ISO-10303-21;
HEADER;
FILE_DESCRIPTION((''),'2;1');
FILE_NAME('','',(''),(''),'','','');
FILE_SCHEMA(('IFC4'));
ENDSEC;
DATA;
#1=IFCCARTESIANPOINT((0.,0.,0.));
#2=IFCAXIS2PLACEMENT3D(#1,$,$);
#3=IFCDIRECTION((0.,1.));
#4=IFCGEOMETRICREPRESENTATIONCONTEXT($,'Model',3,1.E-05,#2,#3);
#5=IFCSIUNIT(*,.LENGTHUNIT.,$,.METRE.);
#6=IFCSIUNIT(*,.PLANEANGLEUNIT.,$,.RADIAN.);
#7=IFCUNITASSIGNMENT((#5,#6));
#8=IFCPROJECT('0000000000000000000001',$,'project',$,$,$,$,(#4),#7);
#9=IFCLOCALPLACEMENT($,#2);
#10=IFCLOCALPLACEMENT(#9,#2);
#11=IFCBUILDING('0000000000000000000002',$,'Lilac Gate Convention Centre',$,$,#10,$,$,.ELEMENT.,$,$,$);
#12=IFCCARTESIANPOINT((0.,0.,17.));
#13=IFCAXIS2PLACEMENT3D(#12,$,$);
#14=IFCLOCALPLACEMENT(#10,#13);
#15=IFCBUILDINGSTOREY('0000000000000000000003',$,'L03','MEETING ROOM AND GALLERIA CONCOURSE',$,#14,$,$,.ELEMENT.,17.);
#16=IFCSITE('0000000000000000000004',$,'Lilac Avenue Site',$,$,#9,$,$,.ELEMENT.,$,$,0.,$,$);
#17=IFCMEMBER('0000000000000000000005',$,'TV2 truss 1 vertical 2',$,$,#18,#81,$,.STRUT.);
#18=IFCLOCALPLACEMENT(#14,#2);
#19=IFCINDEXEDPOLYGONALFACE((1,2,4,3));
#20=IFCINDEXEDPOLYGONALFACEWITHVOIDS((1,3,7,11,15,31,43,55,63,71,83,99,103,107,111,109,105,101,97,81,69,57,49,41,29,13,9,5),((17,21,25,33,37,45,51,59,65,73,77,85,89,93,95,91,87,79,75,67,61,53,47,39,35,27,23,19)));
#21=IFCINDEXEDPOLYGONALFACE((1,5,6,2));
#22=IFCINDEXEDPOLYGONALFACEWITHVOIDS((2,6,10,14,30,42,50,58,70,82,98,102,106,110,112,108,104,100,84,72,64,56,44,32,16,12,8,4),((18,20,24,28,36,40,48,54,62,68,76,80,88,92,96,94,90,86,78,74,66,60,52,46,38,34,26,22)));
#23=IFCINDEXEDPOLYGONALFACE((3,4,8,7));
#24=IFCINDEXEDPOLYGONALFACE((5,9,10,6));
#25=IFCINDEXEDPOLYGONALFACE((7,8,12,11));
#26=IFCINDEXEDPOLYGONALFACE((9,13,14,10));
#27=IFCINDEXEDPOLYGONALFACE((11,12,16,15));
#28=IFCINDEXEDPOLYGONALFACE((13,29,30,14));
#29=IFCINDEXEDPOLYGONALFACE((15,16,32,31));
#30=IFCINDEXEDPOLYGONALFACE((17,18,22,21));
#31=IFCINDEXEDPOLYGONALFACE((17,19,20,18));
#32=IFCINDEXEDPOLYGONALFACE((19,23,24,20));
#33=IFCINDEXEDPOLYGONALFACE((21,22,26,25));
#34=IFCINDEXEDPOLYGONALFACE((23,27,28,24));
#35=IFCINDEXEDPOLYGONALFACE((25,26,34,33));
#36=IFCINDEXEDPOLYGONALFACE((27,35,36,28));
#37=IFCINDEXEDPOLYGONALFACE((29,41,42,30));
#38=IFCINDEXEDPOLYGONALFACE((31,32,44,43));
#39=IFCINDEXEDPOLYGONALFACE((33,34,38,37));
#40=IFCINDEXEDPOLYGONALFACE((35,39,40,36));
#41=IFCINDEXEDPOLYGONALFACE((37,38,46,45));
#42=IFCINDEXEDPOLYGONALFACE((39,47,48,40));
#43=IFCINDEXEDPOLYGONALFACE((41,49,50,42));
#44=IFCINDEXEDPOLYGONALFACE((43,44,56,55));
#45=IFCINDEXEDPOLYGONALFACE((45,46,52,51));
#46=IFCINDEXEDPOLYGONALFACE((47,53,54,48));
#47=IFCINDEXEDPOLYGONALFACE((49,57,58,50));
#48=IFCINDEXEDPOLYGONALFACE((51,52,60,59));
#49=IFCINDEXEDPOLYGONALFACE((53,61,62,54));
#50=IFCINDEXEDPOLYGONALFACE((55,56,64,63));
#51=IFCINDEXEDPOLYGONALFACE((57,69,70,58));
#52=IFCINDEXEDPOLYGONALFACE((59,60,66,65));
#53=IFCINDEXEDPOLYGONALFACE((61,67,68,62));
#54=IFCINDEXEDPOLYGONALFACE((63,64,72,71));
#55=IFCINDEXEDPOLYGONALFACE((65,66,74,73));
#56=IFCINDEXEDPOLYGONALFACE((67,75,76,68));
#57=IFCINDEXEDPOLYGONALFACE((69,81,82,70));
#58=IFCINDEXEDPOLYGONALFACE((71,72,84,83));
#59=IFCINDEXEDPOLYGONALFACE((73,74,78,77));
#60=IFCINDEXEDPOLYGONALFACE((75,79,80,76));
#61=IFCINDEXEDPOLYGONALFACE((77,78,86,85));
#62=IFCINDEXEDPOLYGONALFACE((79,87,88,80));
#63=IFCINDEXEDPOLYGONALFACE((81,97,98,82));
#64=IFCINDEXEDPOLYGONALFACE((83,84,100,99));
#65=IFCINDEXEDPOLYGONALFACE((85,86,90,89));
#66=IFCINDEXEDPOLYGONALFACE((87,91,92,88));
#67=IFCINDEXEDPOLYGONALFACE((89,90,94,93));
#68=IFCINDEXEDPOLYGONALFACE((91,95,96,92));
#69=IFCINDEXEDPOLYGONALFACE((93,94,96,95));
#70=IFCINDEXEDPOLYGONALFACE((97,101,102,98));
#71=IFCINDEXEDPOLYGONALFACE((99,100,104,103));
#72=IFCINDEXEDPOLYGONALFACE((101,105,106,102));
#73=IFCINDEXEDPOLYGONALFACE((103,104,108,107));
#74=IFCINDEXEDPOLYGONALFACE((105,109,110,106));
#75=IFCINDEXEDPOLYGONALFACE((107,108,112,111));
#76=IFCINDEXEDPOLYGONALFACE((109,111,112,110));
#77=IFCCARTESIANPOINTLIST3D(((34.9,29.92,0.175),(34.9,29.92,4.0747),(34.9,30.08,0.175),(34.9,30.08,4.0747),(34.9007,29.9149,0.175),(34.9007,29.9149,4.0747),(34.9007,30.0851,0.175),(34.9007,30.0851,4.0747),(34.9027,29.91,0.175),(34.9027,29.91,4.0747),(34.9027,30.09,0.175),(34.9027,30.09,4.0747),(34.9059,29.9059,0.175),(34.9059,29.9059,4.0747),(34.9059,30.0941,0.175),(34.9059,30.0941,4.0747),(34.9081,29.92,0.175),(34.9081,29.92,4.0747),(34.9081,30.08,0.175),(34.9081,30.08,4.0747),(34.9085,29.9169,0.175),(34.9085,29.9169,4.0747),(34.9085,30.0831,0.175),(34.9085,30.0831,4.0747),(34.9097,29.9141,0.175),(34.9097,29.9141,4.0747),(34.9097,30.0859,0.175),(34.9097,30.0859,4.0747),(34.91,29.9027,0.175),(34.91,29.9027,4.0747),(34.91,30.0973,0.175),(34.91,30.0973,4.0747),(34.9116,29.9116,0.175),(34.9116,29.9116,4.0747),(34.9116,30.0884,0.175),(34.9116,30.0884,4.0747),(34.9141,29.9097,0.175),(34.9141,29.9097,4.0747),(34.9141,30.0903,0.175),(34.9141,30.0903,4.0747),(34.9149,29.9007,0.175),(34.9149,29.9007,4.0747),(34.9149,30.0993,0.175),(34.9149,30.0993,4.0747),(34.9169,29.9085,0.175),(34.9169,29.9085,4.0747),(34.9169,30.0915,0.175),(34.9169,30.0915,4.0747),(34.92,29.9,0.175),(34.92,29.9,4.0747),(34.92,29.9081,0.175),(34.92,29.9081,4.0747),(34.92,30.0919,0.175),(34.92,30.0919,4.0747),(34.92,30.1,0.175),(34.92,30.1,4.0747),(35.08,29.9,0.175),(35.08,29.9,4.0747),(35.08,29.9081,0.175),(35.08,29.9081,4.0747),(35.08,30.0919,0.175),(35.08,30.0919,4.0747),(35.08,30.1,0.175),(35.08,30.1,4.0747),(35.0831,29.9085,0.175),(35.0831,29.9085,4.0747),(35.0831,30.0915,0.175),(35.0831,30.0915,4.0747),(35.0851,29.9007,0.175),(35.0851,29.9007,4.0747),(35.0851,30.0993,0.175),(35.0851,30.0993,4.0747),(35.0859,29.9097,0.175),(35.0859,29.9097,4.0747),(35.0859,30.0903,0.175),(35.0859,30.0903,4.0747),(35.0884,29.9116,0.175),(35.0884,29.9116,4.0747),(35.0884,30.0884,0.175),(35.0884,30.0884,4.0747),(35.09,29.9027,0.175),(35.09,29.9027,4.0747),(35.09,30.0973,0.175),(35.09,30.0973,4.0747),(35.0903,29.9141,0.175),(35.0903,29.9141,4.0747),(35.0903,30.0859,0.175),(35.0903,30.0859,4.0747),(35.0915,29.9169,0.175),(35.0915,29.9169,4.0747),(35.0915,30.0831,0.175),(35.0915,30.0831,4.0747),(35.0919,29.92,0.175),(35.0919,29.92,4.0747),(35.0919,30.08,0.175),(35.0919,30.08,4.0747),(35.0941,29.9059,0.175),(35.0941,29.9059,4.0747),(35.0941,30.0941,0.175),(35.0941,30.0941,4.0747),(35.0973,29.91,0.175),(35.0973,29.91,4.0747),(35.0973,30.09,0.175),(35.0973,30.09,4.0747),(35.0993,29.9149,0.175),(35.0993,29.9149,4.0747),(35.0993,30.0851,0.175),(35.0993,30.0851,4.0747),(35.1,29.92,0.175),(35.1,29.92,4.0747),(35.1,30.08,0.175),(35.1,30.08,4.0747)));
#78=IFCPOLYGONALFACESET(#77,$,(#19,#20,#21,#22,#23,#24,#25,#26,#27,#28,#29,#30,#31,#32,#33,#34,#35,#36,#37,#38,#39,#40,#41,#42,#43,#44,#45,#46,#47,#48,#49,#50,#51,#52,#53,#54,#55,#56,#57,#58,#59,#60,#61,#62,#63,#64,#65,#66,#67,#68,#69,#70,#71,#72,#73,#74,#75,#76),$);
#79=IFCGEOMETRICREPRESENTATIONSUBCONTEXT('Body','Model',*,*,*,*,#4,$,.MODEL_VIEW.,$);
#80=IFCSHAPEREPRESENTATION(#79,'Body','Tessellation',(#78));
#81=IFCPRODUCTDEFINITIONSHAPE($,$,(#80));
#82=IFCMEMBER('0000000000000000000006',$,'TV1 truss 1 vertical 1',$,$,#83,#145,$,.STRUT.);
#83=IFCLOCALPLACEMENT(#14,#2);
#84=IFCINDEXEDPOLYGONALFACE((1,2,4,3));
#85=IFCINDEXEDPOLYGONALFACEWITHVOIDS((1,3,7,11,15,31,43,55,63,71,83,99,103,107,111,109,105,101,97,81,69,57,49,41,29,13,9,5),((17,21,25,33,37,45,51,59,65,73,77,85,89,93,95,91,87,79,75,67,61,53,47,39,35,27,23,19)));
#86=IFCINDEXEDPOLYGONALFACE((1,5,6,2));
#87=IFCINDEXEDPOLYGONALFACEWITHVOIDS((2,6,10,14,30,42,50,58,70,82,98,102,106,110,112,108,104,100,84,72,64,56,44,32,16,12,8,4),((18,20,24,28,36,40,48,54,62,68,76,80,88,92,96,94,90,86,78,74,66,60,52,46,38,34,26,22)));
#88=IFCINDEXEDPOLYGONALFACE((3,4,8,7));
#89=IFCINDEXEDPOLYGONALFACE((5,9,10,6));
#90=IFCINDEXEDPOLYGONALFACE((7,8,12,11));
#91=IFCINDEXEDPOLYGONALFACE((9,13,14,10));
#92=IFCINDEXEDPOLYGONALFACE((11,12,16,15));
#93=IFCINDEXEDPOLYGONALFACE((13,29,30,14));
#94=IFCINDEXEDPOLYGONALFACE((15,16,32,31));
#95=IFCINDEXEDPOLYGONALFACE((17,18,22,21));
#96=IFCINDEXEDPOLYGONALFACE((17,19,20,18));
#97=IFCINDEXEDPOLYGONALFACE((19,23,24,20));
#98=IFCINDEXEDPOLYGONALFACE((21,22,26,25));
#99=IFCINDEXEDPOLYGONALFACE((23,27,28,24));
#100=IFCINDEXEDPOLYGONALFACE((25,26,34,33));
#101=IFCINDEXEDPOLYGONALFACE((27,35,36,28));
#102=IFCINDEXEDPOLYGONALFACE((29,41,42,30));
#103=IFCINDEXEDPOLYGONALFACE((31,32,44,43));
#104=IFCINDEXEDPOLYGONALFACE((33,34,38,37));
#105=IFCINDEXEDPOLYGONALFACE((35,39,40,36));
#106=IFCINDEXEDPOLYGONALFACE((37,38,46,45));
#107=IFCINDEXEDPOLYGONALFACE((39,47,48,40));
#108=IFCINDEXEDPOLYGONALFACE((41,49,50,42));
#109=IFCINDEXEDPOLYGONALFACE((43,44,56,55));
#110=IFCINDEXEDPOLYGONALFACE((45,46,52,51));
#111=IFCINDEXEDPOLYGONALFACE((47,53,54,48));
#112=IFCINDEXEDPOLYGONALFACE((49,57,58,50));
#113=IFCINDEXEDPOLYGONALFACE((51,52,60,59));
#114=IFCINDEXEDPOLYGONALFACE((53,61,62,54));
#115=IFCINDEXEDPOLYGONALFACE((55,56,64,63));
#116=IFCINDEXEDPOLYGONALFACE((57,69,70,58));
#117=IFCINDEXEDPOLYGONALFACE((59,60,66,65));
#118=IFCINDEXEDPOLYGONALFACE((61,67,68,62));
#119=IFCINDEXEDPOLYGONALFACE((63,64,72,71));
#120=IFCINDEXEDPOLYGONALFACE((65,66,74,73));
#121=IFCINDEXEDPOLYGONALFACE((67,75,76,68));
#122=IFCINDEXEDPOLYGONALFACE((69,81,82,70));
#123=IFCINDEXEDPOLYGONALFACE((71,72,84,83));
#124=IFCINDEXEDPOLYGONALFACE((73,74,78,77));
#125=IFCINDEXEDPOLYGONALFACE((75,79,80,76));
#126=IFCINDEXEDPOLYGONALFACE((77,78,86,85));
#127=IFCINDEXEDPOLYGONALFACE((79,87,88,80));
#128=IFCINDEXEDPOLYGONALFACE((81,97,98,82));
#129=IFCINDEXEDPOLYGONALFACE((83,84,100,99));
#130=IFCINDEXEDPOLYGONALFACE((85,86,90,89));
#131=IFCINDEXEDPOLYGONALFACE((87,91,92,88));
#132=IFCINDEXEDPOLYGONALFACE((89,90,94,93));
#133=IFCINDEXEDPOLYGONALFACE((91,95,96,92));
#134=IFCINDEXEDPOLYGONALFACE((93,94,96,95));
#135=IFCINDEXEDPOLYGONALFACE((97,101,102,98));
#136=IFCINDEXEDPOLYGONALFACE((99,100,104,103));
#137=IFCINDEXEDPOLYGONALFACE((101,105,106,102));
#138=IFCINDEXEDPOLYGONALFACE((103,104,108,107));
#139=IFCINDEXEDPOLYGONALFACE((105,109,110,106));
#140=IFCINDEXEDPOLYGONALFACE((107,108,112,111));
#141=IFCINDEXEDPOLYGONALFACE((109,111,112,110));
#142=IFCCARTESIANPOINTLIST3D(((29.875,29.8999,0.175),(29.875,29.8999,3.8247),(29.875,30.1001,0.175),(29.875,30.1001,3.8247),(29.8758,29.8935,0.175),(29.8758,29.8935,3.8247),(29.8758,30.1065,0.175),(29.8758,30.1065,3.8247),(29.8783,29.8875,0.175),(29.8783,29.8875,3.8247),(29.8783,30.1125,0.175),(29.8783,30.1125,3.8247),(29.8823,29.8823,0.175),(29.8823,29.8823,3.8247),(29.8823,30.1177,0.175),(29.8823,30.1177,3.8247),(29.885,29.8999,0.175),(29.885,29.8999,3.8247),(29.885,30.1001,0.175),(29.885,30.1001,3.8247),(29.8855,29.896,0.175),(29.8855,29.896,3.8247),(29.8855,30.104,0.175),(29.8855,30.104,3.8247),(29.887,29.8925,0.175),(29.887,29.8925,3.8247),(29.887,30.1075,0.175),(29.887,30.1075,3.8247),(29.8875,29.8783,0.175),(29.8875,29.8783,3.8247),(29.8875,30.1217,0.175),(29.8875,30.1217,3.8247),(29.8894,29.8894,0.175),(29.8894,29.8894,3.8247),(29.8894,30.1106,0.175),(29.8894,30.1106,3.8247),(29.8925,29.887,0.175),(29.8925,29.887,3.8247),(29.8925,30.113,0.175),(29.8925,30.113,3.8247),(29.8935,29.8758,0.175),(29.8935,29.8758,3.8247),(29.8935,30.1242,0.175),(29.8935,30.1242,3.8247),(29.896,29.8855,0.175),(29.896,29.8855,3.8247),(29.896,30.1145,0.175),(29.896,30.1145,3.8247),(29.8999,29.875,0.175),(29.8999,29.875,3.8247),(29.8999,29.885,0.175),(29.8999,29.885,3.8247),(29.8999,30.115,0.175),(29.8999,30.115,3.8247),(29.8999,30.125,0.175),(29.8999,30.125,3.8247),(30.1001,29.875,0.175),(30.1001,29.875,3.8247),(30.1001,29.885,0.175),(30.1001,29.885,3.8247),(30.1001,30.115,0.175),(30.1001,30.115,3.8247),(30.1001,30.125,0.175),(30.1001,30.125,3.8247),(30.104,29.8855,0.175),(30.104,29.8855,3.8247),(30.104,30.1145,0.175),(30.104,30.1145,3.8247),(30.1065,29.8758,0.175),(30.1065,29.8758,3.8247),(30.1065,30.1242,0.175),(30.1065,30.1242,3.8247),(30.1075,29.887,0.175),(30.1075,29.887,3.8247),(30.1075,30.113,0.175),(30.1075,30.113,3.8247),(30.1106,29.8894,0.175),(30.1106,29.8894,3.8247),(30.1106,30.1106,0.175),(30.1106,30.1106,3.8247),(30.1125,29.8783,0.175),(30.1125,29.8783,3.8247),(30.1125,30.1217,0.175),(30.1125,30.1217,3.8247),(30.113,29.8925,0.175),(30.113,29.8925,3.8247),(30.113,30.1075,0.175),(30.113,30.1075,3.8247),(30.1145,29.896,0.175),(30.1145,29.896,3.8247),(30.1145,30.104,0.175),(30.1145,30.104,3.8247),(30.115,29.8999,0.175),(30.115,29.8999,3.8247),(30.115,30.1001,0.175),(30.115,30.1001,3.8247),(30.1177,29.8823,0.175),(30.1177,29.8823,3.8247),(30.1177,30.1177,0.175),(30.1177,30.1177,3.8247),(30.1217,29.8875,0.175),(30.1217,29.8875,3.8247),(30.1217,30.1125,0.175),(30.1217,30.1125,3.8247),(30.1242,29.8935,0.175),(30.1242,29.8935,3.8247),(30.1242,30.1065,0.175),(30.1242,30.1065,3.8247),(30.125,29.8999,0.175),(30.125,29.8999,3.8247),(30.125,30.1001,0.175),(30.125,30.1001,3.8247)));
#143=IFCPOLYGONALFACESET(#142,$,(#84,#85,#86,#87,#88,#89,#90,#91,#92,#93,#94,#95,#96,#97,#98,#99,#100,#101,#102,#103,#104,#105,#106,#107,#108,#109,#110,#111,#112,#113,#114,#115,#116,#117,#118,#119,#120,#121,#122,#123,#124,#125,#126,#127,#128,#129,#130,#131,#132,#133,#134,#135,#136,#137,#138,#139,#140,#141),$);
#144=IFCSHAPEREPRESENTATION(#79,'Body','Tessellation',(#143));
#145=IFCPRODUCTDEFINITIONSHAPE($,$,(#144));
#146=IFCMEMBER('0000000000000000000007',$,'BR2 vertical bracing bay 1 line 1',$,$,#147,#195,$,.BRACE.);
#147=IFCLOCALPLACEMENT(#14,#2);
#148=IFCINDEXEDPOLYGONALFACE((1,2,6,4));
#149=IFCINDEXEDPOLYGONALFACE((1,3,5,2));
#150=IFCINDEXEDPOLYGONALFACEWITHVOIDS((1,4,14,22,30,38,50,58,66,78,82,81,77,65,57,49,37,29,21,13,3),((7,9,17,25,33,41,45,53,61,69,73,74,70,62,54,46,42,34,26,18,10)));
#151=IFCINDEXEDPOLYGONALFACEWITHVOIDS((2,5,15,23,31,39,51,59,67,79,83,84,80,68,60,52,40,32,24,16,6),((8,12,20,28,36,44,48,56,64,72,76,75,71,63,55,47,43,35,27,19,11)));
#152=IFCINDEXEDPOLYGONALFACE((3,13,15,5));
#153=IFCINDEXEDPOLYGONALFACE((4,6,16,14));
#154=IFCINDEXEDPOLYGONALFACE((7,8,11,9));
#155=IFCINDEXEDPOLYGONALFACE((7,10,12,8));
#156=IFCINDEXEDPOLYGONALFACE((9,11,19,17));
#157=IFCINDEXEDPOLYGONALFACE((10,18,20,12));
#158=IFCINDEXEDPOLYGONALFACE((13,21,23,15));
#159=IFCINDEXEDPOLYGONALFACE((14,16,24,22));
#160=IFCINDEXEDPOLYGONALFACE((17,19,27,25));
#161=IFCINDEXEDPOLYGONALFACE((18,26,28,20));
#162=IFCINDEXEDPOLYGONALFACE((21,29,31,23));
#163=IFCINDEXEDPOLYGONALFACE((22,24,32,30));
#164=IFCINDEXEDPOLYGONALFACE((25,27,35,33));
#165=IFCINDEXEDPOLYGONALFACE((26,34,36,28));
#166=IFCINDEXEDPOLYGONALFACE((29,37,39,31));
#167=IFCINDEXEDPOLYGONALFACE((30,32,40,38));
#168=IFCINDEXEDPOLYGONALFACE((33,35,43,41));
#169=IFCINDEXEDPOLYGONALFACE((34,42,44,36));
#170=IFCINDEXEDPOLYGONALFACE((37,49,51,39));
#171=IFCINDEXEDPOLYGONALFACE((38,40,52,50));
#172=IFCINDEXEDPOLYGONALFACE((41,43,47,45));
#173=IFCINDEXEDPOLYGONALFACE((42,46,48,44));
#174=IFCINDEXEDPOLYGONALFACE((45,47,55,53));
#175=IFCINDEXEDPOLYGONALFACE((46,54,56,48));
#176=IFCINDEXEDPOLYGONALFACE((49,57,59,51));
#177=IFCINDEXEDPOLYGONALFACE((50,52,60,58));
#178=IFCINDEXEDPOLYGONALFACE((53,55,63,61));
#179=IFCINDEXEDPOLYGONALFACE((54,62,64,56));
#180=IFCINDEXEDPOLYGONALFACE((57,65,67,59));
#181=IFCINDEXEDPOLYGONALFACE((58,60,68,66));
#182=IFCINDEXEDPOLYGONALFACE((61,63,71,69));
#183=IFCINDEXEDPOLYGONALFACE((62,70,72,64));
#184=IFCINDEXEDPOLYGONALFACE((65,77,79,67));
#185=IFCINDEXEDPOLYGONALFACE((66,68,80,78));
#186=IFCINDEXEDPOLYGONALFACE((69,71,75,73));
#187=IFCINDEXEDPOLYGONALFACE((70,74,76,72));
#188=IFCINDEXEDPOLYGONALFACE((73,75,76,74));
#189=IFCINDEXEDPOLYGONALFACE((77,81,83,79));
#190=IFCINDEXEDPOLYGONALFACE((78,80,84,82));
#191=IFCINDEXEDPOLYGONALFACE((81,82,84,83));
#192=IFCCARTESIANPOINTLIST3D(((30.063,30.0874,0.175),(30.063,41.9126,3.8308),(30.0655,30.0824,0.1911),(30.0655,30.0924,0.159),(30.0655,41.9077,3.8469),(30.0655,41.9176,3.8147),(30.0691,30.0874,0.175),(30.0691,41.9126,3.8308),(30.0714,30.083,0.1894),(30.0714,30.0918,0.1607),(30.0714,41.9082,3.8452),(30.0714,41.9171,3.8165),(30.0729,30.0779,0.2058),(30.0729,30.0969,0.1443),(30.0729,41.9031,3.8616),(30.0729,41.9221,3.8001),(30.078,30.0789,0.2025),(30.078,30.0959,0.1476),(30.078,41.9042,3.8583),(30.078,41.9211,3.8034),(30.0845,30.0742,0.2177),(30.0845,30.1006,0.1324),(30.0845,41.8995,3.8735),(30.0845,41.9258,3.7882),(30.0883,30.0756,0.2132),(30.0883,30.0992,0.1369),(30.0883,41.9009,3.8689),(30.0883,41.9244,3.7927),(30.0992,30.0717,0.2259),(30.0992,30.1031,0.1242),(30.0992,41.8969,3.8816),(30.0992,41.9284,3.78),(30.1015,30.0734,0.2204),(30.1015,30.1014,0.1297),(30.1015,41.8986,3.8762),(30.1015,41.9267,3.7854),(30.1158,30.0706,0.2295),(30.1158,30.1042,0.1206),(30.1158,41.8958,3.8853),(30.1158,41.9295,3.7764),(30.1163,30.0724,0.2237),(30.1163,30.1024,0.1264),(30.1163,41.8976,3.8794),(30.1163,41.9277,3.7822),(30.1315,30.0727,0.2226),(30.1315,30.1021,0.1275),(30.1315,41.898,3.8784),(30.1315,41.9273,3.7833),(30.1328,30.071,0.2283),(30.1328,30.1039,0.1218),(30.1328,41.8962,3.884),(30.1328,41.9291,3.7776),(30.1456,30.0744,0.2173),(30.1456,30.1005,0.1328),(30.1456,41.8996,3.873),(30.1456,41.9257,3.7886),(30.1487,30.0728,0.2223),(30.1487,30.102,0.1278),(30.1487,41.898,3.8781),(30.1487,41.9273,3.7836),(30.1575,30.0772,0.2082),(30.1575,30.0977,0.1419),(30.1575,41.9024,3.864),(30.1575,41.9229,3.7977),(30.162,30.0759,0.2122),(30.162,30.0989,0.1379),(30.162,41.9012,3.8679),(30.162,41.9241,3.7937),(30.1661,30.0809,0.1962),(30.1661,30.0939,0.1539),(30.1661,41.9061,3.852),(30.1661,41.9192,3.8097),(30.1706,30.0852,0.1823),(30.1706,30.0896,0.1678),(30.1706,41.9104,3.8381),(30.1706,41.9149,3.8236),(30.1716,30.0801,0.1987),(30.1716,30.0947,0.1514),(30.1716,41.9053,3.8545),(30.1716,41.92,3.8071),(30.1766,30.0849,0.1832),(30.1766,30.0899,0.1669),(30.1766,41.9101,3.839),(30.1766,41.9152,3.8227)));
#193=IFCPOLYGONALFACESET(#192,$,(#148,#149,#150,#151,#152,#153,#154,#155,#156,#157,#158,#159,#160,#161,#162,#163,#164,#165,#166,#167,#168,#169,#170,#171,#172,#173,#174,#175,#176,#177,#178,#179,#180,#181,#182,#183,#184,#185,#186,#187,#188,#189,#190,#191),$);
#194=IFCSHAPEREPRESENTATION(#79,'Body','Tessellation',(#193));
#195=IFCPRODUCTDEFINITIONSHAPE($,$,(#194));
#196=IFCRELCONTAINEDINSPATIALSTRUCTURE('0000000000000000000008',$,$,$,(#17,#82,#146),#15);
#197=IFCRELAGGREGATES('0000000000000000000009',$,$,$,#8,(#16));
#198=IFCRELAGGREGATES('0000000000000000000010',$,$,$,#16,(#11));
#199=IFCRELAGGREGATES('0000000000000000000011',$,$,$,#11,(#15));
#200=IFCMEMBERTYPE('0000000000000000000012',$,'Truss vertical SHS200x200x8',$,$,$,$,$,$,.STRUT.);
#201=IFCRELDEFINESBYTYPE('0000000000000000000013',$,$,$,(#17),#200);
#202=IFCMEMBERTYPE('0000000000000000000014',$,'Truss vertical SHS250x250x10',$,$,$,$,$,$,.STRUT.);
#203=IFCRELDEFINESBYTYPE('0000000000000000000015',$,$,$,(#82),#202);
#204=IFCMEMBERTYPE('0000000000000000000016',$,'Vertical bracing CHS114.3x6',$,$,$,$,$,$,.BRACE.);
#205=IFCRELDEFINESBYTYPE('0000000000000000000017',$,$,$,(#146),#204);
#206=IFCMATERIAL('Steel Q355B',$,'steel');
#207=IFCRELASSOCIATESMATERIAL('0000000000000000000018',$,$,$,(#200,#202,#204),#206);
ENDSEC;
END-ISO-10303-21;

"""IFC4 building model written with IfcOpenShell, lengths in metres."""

from ifc_helpers import new_model, si_unit, direction, frame, origin, origin_2d, place, context, subcontext, project, spatial, hollow_rectangle, hollow_circle, extrude, material, material_profile, profile_set, type_object, element, save


model = new_model("IFC4")

# Units and contexts
model_context = context("Model", 3, precision=1e-05, world=origin(), true_north=direction((0.0, 1.0)))
body_context = subcontext(model_context, "Body", "Model", "MODEL_VIEW")
ifc_project = project(units=[si_unit("LENGTHUNIT", "METRE"), si_unit("PLANEANGLEUNIT", "RADIAN")], contexts=[model_context])

# Site, building, storey
site_placement = place(None, origin())
site = spatial("IfcSite", under=ifc_project, at=site_placement, Name="Lilac Avenue Site", CompositionType="ELEMENT", RefElevation=0.0)
building_placement = place(site_placement, origin())
building = spatial("IfcBuilding", under=site, at=building_placement, Name="Lilac Gate Convention Centre", CompositionType="ELEMENT")
storey_placement = place(building_placement, frame((0.0, 0.0, 17.0)))
storey = spatial("IfcBuildingStorey", under=building, at=storey_placement, Name="L03", Description="MEETING ROOM AND GALLERIA CONCOURSE", CompositionType="ELEMENT", Elevation=17.0)

# Shared definitions
ifc_material_1 = material(Name="Steel Q355B", Category="steel")

# Members
ifc_material_profile_1 = material_profile(ifc_material_1, hollow_rectangle(XDim=0.2, YDim=0.2, WallThickness=0.0081, InnerFilletRadius=0.012, OuterFilletRadius=0.02, at=origin_2d()), Name="SHS200x200x8")
ifc_profile_set_1 = profile_set([ifc_material_profile_1], Name="Steel Q355B")
member_type_1 = type_object("IfcMemberType", Name="Truss vertical SHS200x200x8", PredefinedType="STRUT", material=ifc_profile_set_1)
member_1_placement = place(storey_placement, frame((35.0, 30.0, 0.175), z_axis=(0.0, 0.0, 1.0), x_axis=(1.0, 0.0, 0.0)))
element("IfcMember", 1, at=member_1_placement, inside=storey, type_object=member_type_1, Name="TV2 truss 1 vertical 2", PredefinedType="STRUT", context=body_context, shape_type="SweptSolid", body=[
    extrude(hollow_rectangle(XDim=0.2, YDim=0.2, WallThickness=0.0081, InnerFilletRadius=0.012, OuterFilletRadius=0.02, at=origin_2d()), origin(), (0.0, 0.0, 1.0), 3.8997),
])
ifc_material_profile_2 = material_profile(ifc_material_1, hollow_rectangle(XDim=0.25, YDim=0.25, WallThickness=0.01, InnerFilletRadius=0.0149, OuterFilletRadius=0.0249, at=origin_2d()), Name="SHS250x250x10")
ifc_profile_set_2 = profile_set([ifc_material_profile_2], Name="Steel Q355B")
member_type_2 = type_object("IfcMemberType", Name="Truss vertical SHS250x250x10", PredefinedType="STRUT", material=ifc_profile_set_2)
member_2_placement = place(storey_placement, frame((30.0, 30.0, 0.175), z_axis=(0.0, 0.0, 1.0), x_axis=(1.0, 0.0, 0.0)))
element("IfcMember", 2, at=member_2_placement, inside=storey, type_object=member_type_2, Name="TV1 truss 1 vertical 1", PredefinedType="STRUT", context=body_context, shape_type="SweptSolid", body=[
    extrude(hollow_rectangle(XDim=0.25, YDim=0.25, WallThickness=0.01, InnerFilletRadius=0.0149, OuterFilletRadius=0.0249, at=origin_2d()), origin(), (0.0, 0.0, 1.0), 3.6497),
])
ifc_material_profile_3 = material_profile(ifc_material_1, hollow_circle(Radius=0.0571, WallThickness=0.0061, at=origin_2d()), Name="CHS114.3x6")
ifc_profile_set_3 = profile_set([ifc_material_profile_3], Name="Steel Q355B")
member_type_3 = type_object("IfcMemberType", Name="Vertical bracing CHS114.3x6", PredefinedType="BRACE", material=ifc_profile_set_3)
member_3_placement = place(storey_placement, frame((30.1201, 30.0874, 0.175), z_axis=(0.0, 0.955387, 0.295358), x_axis=(-1.0, 0.0, 0.0)))
element("IfcMember", 3, at=member_3_placement, inside=storey, type_object=member_type_3, Name="BR2 vertical bracing bay 1 line 1", PredefinedType="BRACE", context=body_context, shape_type="SweptSolid", body=[
    extrude(hollow_circle(Radius=0.0571, WallThickness=0.0061, at=origin_2d()), origin(), (0.0, 0.0, 1.0), 12.3774),
])

save(model, "model.ifc")
